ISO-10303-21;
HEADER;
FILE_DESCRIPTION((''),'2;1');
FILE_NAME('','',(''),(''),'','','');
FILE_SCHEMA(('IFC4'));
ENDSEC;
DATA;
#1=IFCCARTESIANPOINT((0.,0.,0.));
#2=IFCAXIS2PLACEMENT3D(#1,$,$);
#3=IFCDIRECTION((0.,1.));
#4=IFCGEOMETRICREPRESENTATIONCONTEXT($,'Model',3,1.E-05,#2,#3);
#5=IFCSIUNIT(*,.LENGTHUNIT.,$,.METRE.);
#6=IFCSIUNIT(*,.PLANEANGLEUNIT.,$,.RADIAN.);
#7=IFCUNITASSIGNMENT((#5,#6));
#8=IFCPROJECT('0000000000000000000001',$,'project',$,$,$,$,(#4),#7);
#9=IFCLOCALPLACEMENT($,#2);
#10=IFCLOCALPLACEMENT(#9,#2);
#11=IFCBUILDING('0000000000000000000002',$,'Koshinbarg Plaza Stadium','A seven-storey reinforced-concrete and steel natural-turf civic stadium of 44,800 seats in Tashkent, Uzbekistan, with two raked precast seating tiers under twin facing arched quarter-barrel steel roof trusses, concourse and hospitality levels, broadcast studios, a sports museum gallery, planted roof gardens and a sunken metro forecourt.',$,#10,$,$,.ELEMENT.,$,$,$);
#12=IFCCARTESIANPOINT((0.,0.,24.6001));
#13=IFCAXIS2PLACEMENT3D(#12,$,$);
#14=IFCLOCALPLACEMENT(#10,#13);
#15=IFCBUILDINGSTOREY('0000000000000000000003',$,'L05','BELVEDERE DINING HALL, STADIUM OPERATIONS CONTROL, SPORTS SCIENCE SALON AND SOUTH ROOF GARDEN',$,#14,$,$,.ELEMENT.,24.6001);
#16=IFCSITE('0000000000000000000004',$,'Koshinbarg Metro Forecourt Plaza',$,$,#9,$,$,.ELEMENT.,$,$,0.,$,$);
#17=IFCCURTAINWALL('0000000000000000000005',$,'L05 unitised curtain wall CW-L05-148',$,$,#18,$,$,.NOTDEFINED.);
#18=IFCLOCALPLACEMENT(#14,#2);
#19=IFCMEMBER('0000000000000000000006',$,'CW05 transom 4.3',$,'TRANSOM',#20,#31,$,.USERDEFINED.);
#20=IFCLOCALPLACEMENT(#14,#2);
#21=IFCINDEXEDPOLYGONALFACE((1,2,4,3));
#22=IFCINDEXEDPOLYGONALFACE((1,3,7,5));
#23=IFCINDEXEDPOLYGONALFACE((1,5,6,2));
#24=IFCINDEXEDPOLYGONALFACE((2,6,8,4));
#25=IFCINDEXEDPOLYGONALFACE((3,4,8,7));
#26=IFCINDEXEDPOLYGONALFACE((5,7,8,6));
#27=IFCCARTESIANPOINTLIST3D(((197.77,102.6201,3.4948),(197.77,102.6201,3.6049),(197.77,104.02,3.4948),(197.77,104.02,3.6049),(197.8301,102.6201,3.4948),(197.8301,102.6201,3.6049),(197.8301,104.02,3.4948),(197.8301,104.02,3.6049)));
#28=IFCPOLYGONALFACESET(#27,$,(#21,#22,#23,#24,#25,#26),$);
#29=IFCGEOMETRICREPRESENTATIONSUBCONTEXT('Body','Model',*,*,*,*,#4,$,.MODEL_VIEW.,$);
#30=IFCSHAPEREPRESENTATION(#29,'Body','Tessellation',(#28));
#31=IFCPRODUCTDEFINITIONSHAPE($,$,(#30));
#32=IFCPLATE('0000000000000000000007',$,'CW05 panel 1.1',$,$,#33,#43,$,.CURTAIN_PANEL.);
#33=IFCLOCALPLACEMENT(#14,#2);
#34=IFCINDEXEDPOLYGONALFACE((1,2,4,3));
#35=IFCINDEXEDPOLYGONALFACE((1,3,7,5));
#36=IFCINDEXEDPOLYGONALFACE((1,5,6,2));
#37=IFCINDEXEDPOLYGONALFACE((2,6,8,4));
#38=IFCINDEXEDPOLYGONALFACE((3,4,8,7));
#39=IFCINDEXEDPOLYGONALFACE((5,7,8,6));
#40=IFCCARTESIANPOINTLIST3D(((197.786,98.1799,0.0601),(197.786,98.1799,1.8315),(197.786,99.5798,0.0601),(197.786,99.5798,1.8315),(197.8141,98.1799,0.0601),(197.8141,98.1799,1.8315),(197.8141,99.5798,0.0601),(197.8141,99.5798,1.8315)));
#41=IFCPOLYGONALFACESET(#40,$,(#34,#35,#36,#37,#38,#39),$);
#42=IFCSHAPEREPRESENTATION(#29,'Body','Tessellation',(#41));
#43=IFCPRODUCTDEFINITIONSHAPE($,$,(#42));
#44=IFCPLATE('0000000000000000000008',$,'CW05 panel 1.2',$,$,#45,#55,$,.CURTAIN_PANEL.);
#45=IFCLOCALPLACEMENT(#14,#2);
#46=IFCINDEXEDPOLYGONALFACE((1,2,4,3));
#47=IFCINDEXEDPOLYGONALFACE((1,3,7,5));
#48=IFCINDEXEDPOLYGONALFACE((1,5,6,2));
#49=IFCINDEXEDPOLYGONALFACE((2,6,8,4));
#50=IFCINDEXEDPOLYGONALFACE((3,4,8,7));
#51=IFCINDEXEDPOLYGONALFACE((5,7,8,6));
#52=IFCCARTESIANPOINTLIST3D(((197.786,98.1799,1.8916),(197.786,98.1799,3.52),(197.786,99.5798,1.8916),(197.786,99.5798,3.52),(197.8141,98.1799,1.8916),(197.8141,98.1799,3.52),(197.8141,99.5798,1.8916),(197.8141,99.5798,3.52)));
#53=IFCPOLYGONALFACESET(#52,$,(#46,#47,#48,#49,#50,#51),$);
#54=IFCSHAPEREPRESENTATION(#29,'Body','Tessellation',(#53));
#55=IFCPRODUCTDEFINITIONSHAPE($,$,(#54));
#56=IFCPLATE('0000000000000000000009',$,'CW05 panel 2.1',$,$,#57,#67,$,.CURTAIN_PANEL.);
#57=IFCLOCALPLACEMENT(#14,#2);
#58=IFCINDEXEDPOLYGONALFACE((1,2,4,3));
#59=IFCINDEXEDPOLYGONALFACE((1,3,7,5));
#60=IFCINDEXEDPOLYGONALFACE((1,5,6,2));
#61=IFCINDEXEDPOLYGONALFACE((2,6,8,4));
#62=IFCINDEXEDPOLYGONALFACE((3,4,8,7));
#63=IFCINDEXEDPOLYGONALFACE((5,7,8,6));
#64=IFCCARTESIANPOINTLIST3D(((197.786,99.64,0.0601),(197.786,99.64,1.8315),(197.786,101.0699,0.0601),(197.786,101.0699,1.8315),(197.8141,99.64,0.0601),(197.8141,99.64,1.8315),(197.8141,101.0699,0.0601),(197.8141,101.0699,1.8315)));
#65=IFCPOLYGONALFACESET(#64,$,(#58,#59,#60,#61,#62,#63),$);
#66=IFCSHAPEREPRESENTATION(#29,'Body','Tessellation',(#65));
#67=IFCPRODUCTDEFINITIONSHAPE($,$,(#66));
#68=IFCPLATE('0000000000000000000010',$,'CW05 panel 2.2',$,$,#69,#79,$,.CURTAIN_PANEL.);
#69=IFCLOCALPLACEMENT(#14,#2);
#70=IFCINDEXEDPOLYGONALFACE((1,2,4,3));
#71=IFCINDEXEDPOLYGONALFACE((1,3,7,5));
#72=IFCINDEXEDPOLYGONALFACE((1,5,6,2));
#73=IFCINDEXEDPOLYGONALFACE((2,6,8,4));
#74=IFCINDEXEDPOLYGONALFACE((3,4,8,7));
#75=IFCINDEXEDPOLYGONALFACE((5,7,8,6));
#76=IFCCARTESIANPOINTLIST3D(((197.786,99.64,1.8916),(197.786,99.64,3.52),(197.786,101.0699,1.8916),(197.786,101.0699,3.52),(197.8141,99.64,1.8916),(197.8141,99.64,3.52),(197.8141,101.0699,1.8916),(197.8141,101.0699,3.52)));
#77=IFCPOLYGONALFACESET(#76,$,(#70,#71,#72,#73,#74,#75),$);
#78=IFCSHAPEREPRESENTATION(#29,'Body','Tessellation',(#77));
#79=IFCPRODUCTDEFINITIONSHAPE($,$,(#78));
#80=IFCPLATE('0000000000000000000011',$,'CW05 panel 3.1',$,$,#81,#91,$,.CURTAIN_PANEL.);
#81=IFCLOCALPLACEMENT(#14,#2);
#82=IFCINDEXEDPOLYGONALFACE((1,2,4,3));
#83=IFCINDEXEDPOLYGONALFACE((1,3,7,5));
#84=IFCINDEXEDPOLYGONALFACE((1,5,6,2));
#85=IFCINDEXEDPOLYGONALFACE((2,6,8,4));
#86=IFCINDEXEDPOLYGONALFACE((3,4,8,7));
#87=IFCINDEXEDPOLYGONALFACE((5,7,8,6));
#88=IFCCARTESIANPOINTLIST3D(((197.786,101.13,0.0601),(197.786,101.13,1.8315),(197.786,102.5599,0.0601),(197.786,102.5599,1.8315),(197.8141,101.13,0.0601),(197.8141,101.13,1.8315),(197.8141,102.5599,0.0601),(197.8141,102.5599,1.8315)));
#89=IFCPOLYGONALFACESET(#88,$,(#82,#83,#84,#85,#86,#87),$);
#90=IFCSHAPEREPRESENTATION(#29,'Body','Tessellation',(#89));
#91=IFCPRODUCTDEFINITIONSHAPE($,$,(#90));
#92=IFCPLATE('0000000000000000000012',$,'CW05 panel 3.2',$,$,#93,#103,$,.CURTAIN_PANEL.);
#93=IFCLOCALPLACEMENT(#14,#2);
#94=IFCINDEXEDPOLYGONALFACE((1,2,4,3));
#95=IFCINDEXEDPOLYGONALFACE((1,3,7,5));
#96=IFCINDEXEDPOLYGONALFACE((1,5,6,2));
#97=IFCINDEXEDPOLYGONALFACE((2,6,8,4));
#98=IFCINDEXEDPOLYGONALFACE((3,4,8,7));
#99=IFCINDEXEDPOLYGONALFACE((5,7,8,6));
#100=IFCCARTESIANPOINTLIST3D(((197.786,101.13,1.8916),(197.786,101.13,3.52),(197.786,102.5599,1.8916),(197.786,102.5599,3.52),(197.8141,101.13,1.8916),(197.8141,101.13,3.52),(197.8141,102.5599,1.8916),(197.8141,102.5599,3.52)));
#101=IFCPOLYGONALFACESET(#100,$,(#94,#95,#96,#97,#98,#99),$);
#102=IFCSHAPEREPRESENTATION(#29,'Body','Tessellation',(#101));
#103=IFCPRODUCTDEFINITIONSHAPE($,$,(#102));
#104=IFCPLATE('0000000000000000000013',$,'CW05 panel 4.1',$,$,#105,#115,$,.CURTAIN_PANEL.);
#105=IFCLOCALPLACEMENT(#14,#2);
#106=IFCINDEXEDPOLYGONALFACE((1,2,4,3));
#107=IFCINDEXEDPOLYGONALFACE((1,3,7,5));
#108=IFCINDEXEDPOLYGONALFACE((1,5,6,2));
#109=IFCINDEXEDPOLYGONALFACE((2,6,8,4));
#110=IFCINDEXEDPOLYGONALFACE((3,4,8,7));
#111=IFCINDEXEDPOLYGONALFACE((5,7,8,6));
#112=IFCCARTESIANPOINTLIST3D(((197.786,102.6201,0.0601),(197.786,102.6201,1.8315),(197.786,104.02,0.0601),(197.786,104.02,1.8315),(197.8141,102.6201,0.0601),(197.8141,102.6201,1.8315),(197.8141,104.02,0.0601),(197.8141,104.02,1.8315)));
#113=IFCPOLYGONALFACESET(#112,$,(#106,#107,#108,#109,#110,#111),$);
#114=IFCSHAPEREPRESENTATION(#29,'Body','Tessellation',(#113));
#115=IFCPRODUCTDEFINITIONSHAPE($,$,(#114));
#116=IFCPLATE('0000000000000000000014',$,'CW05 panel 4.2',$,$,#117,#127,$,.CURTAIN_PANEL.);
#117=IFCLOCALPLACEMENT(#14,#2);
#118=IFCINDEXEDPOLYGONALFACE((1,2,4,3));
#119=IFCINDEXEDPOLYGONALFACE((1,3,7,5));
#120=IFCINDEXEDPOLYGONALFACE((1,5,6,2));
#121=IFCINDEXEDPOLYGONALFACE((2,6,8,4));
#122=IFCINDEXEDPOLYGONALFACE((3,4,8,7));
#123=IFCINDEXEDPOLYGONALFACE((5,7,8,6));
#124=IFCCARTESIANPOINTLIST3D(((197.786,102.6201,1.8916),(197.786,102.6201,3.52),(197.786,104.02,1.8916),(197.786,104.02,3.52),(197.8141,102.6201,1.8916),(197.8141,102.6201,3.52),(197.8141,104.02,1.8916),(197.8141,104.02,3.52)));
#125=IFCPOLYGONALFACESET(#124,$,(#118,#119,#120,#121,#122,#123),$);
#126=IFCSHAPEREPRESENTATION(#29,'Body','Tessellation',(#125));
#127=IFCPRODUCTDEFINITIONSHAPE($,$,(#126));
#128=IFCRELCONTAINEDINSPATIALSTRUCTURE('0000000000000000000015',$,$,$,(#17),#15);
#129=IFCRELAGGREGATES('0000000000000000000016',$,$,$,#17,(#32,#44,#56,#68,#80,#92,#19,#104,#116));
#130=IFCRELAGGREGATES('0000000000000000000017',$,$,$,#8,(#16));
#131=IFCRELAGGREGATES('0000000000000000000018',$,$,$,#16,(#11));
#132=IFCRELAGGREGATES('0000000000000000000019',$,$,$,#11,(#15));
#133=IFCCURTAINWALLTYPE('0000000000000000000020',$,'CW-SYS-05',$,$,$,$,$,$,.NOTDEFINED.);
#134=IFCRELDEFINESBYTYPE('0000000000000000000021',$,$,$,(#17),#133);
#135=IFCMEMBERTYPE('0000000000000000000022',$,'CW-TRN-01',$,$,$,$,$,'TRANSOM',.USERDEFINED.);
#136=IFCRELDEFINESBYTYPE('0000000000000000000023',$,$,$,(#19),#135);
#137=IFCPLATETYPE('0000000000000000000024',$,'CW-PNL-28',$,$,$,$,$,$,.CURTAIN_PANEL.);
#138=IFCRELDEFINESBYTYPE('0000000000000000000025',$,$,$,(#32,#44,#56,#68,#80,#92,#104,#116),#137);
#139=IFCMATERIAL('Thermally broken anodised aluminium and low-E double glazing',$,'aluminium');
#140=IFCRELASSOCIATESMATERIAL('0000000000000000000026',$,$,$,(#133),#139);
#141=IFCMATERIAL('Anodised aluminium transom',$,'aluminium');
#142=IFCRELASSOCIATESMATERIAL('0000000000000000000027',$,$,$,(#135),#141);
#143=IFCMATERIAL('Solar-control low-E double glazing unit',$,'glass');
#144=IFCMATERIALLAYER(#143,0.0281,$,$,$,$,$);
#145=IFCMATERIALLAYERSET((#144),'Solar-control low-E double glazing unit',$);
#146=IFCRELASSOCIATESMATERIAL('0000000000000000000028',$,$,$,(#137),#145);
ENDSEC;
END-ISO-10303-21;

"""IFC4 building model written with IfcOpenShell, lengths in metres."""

from ifc_helpers import new_model, si_unit, direction, frame, origin, origin_2d, place, context, subcontext, project, spatial, rectangle, extrude, material, layer, layer_set, material_profile, profile_set, type_object, element, aggregate, save


model = new_model("IFC4")

# Units and contexts
model_context = context("Model", 3, precision=1e-05, world=origin(), true_north=direction((0.0, 1.0)))
body_context = subcontext(model_context, "Body", "Model", "MODEL_VIEW")
ifc_project = project(units=[si_unit("LENGTHUNIT", "METRE"), si_unit("PLANEANGLEUNIT", "RADIAN")], contexts=[model_context])

# Site, building, storey
site_placement = place(None, origin())
site = spatial("IfcSite", under=ifc_project, at=site_placement, Name="Koshinbarg Metro Forecourt Plaza", CompositionType="ELEMENT", RefElevation=0.0)
building_placement = place(site_placement, origin())
building = spatial("IfcBuilding", under=site, at=building_placement, Name="Koshinbarg Plaza Stadium", Description="A seven-storey reinforced-concrete and steel natural-turf civic stadium of 44,800 seats in Tashkent, Uzbekistan, with two raked precast seating tiers under twin facing arched quarter-barrel steel roof trusses, concourse and hospitality levels, broadcast studios, a sports museum gallery, planted roof gardens and a sunken metro forecourt.", CompositionType="ELEMENT")
storey_placement = place(building_placement, frame((0.0, 0.0, 24.6001)))
storey = spatial("IfcBuildingStorey", under=building, at=storey_placement, Name="L05", Description="BELVEDERE DINING HALL, STADIUM OPERATIONS CONTROL, SPORTS SCIENCE SALON AND SOUTH ROOF GARDEN", CompositionType="ELEMENT", Elevation=24.6001)

# Curtain wall
ifc_material_1 = material(Name="Thermally broken anodised aluminium and low-E double glazing", Category="aluminium")
curtain_wall_type_1 = type_object("IfcCurtainWallType", Name="CW-SYS-05", PredefinedType="NOTDEFINED", material=ifc_material_1)
curtain_wall_1_placement = place(storey_placement, origin())
curtain_wall_1 = element("IfcCurtainWall", 1, at=curtain_wall_1_placement, inside=storey, type_object=curtain_wall_type_1, Name="L05 unitised curtain wall CW-L05-148", PredefinedType="NOTDEFINED")

# Member
ifc_material_2 = material(Name="Anodised aluminium transom", Category="aluminium")
ifc_material_profile_1 = material_profile(ifc_material_2, rectangle(XDim=0.0601, YDim=0.1101, at=origin_2d()), Name="ALU 60x110")
ifc_profile_set_1 = profile_set([ifc_material_profile_1], Name="Anodised aluminium transom")
member_type_1 = type_object("IfcMemberType", Name="CW-TRN-01", ElementType="TRANSOM", PredefinedType="USERDEFINED", material=ifc_profile_set_1)
member_1_placement = place(storey_placement, frame((197.8, 102.6201, 3.5498), z_axis=(0.0, 1.0, 0.0), x_axis=(-1.0, 0.0, 0.0)))
member_1 = element("IfcMember", 2, at=member_1_placement, type_object=member_type_1, Name="CW05 transom 4.3", ObjectType="TRANSOM", PredefinedType="USERDEFINED", context=body_context, shape_type="SweptSolid", body=[
    extrude(rectangle(XDim=0.0601, YDim=0.1101, at=origin_2d()), origin(), (0.0, 0.0, 1.0), 1.3999),
])

# Plates
ifc_material_3 = material(Name="Solar-control low-E double glazing unit", Category="glass")
ifc_layer = layer(ifc_material_3, 0.0281)
ifc_layer_set = layer_set([ifc_layer], Name="Solar-control low-E double glazing unit")
plate_type = type_object("IfcPlateType", Name="CW-PNL-28", PredefinedType="CURTAIN_PANEL", material=ifc_layer_set)
plate_1_placement = place(storey_placement, frame((197.8, 98.8799, 0.0601), z_axis=(0.0, 0.0, 1.0), x_axis=(0.0, 1.0, 0.0)))
plate_1 = element("IfcPlate", 3, at=plate_1_placement, type_object=plate_type, Name="CW05 panel 1.1", PredefinedType="CURTAIN_PANEL", context=body_context, shape_type="SweptSolid", body=[
    extrude(rectangle(XDim=1.3999, YDim=0.0281, at=origin_2d()), origin(), (0.0, 0.0, 1.0), 1.7715),
])
plate_2_placement = place(storey_placement, frame((197.8, 98.8799, 1.8916), z_axis=(0.0, 0.0, 1.0), x_axis=(0.0, 1.0, 0.0)))
plate_2 = element("IfcPlate", 4, at=plate_2_placement, type_object=plate_type, Name="CW05 panel 1.2", PredefinedType="CURTAIN_PANEL", context=body_context, shape_type="SweptSolid", body=[
    extrude(rectangle(XDim=1.3999, YDim=0.0281, at=origin_2d()), origin(), (0.0, 0.0, 1.0), 1.6284),
])
plate_3_placement = place(storey_placement, frame((197.8, 100.355, 0.0601), z_axis=(0.0, 0.0, 1.0), x_axis=(0.0, 1.0, 0.0)))
plate_3 = element("IfcPlate", 5, at=plate_3_placement, type_object=plate_type, Name="CW05 panel 2.1", PredefinedType="CURTAIN_PANEL", context=body_context, shape_type="SweptSolid", body=[
    extrude(rectangle(XDim=1.4299, YDim=0.0281, at=origin_2d()), origin(), (0.0, 0.0, 1.0), 1.7715),
])
plate_4_placement = place(storey_placement, frame((197.8, 100.355, 1.8916), z_axis=(0.0, 0.0, 1.0), x_axis=(0.0, 1.0, 0.0)))
plate_4 = element("IfcPlate", 6, at=plate_4_placement, type_object=plate_type, Name="CW05 panel 2.2", PredefinedType="CURTAIN_PANEL", context=body_context, shape_type="SweptSolid", body=[
    extrude(rectangle(XDim=1.4299, YDim=0.0281, at=origin_2d()), origin(), (0.0, 0.0, 1.0), 1.6284),
])
plate_5_placement = place(storey_placement, frame((197.8, 101.845, 0.0601), z_axis=(0.0, 0.0, 1.0), x_axis=(0.0, 1.0, 0.0)))
plate_5 = element("IfcPlate", 7, at=plate_5_placement, type_object=plate_type, Name="CW05 panel 3.1", PredefinedType="CURTAIN_PANEL", context=body_context, shape_type="SweptSolid", body=[
    extrude(rectangle(XDim=1.4299, YDim=0.0281, at=origin_2d()), origin(), (0.0, 0.0, 1.0), 1.7715),
])
plate_6_placement = place(storey_placement, frame((197.8, 101.845, 1.8916), z_axis=(0.0, 0.0, 1.0), x_axis=(0.0, 1.0, 0.0)))
plate_6 = element("IfcPlate", 8, at=plate_6_placement, type_object=plate_type, Name="CW05 panel 3.2", PredefinedType="CURTAIN_PANEL", context=body_context, shape_type="SweptSolid", body=[
    extrude(rectangle(XDim=1.4299, YDim=0.0281, at=origin_2d()), origin(), (0.0, 0.0, 1.0), 1.6284),
])
plate_7_placement = place(storey_placement, frame((197.8, 103.3201, 0.0601), z_axis=(0.0, 0.0, 1.0), x_axis=(0.0, 1.0, 0.0)))
plate_7 = element("IfcPlate", 9, at=plate_7_placement, type_object=plate_type, Name="CW05 panel 4.1", PredefinedType="CURTAIN_PANEL", context=body_context, shape_type="SweptSolid", body=[
    extrude(rectangle(XDim=1.3999, YDim=0.0281, at=origin_2d()), origin(), (0.0, 0.0, 1.0), 1.7715),
])
plate_8_placement = place(storey_placement, frame((197.8, 103.3201, 1.8916), z_axis=(0.0, 0.0, 1.0), x_axis=(0.0, 1.0, 0.0)))
plate_8 = element("IfcPlate", 10, at=plate_8_placement, type_object=plate_type, Name="CW05 panel 4.2", PredefinedType="CURTAIN_PANEL", context=body_context, shape_type="SweptSolid", body=[
    extrude(rectangle(XDim=1.3999, YDim=0.0281, at=origin_2d()), origin(), (0.0, 0.0, 1.0), 1.6284),
])
aggregate(curtain_wall_1, [plate_1, plate_2, plate_3, plate_4, plate_5, plate_6, member_1, plate_7, plate_8])

save(model, "model.ifc")
